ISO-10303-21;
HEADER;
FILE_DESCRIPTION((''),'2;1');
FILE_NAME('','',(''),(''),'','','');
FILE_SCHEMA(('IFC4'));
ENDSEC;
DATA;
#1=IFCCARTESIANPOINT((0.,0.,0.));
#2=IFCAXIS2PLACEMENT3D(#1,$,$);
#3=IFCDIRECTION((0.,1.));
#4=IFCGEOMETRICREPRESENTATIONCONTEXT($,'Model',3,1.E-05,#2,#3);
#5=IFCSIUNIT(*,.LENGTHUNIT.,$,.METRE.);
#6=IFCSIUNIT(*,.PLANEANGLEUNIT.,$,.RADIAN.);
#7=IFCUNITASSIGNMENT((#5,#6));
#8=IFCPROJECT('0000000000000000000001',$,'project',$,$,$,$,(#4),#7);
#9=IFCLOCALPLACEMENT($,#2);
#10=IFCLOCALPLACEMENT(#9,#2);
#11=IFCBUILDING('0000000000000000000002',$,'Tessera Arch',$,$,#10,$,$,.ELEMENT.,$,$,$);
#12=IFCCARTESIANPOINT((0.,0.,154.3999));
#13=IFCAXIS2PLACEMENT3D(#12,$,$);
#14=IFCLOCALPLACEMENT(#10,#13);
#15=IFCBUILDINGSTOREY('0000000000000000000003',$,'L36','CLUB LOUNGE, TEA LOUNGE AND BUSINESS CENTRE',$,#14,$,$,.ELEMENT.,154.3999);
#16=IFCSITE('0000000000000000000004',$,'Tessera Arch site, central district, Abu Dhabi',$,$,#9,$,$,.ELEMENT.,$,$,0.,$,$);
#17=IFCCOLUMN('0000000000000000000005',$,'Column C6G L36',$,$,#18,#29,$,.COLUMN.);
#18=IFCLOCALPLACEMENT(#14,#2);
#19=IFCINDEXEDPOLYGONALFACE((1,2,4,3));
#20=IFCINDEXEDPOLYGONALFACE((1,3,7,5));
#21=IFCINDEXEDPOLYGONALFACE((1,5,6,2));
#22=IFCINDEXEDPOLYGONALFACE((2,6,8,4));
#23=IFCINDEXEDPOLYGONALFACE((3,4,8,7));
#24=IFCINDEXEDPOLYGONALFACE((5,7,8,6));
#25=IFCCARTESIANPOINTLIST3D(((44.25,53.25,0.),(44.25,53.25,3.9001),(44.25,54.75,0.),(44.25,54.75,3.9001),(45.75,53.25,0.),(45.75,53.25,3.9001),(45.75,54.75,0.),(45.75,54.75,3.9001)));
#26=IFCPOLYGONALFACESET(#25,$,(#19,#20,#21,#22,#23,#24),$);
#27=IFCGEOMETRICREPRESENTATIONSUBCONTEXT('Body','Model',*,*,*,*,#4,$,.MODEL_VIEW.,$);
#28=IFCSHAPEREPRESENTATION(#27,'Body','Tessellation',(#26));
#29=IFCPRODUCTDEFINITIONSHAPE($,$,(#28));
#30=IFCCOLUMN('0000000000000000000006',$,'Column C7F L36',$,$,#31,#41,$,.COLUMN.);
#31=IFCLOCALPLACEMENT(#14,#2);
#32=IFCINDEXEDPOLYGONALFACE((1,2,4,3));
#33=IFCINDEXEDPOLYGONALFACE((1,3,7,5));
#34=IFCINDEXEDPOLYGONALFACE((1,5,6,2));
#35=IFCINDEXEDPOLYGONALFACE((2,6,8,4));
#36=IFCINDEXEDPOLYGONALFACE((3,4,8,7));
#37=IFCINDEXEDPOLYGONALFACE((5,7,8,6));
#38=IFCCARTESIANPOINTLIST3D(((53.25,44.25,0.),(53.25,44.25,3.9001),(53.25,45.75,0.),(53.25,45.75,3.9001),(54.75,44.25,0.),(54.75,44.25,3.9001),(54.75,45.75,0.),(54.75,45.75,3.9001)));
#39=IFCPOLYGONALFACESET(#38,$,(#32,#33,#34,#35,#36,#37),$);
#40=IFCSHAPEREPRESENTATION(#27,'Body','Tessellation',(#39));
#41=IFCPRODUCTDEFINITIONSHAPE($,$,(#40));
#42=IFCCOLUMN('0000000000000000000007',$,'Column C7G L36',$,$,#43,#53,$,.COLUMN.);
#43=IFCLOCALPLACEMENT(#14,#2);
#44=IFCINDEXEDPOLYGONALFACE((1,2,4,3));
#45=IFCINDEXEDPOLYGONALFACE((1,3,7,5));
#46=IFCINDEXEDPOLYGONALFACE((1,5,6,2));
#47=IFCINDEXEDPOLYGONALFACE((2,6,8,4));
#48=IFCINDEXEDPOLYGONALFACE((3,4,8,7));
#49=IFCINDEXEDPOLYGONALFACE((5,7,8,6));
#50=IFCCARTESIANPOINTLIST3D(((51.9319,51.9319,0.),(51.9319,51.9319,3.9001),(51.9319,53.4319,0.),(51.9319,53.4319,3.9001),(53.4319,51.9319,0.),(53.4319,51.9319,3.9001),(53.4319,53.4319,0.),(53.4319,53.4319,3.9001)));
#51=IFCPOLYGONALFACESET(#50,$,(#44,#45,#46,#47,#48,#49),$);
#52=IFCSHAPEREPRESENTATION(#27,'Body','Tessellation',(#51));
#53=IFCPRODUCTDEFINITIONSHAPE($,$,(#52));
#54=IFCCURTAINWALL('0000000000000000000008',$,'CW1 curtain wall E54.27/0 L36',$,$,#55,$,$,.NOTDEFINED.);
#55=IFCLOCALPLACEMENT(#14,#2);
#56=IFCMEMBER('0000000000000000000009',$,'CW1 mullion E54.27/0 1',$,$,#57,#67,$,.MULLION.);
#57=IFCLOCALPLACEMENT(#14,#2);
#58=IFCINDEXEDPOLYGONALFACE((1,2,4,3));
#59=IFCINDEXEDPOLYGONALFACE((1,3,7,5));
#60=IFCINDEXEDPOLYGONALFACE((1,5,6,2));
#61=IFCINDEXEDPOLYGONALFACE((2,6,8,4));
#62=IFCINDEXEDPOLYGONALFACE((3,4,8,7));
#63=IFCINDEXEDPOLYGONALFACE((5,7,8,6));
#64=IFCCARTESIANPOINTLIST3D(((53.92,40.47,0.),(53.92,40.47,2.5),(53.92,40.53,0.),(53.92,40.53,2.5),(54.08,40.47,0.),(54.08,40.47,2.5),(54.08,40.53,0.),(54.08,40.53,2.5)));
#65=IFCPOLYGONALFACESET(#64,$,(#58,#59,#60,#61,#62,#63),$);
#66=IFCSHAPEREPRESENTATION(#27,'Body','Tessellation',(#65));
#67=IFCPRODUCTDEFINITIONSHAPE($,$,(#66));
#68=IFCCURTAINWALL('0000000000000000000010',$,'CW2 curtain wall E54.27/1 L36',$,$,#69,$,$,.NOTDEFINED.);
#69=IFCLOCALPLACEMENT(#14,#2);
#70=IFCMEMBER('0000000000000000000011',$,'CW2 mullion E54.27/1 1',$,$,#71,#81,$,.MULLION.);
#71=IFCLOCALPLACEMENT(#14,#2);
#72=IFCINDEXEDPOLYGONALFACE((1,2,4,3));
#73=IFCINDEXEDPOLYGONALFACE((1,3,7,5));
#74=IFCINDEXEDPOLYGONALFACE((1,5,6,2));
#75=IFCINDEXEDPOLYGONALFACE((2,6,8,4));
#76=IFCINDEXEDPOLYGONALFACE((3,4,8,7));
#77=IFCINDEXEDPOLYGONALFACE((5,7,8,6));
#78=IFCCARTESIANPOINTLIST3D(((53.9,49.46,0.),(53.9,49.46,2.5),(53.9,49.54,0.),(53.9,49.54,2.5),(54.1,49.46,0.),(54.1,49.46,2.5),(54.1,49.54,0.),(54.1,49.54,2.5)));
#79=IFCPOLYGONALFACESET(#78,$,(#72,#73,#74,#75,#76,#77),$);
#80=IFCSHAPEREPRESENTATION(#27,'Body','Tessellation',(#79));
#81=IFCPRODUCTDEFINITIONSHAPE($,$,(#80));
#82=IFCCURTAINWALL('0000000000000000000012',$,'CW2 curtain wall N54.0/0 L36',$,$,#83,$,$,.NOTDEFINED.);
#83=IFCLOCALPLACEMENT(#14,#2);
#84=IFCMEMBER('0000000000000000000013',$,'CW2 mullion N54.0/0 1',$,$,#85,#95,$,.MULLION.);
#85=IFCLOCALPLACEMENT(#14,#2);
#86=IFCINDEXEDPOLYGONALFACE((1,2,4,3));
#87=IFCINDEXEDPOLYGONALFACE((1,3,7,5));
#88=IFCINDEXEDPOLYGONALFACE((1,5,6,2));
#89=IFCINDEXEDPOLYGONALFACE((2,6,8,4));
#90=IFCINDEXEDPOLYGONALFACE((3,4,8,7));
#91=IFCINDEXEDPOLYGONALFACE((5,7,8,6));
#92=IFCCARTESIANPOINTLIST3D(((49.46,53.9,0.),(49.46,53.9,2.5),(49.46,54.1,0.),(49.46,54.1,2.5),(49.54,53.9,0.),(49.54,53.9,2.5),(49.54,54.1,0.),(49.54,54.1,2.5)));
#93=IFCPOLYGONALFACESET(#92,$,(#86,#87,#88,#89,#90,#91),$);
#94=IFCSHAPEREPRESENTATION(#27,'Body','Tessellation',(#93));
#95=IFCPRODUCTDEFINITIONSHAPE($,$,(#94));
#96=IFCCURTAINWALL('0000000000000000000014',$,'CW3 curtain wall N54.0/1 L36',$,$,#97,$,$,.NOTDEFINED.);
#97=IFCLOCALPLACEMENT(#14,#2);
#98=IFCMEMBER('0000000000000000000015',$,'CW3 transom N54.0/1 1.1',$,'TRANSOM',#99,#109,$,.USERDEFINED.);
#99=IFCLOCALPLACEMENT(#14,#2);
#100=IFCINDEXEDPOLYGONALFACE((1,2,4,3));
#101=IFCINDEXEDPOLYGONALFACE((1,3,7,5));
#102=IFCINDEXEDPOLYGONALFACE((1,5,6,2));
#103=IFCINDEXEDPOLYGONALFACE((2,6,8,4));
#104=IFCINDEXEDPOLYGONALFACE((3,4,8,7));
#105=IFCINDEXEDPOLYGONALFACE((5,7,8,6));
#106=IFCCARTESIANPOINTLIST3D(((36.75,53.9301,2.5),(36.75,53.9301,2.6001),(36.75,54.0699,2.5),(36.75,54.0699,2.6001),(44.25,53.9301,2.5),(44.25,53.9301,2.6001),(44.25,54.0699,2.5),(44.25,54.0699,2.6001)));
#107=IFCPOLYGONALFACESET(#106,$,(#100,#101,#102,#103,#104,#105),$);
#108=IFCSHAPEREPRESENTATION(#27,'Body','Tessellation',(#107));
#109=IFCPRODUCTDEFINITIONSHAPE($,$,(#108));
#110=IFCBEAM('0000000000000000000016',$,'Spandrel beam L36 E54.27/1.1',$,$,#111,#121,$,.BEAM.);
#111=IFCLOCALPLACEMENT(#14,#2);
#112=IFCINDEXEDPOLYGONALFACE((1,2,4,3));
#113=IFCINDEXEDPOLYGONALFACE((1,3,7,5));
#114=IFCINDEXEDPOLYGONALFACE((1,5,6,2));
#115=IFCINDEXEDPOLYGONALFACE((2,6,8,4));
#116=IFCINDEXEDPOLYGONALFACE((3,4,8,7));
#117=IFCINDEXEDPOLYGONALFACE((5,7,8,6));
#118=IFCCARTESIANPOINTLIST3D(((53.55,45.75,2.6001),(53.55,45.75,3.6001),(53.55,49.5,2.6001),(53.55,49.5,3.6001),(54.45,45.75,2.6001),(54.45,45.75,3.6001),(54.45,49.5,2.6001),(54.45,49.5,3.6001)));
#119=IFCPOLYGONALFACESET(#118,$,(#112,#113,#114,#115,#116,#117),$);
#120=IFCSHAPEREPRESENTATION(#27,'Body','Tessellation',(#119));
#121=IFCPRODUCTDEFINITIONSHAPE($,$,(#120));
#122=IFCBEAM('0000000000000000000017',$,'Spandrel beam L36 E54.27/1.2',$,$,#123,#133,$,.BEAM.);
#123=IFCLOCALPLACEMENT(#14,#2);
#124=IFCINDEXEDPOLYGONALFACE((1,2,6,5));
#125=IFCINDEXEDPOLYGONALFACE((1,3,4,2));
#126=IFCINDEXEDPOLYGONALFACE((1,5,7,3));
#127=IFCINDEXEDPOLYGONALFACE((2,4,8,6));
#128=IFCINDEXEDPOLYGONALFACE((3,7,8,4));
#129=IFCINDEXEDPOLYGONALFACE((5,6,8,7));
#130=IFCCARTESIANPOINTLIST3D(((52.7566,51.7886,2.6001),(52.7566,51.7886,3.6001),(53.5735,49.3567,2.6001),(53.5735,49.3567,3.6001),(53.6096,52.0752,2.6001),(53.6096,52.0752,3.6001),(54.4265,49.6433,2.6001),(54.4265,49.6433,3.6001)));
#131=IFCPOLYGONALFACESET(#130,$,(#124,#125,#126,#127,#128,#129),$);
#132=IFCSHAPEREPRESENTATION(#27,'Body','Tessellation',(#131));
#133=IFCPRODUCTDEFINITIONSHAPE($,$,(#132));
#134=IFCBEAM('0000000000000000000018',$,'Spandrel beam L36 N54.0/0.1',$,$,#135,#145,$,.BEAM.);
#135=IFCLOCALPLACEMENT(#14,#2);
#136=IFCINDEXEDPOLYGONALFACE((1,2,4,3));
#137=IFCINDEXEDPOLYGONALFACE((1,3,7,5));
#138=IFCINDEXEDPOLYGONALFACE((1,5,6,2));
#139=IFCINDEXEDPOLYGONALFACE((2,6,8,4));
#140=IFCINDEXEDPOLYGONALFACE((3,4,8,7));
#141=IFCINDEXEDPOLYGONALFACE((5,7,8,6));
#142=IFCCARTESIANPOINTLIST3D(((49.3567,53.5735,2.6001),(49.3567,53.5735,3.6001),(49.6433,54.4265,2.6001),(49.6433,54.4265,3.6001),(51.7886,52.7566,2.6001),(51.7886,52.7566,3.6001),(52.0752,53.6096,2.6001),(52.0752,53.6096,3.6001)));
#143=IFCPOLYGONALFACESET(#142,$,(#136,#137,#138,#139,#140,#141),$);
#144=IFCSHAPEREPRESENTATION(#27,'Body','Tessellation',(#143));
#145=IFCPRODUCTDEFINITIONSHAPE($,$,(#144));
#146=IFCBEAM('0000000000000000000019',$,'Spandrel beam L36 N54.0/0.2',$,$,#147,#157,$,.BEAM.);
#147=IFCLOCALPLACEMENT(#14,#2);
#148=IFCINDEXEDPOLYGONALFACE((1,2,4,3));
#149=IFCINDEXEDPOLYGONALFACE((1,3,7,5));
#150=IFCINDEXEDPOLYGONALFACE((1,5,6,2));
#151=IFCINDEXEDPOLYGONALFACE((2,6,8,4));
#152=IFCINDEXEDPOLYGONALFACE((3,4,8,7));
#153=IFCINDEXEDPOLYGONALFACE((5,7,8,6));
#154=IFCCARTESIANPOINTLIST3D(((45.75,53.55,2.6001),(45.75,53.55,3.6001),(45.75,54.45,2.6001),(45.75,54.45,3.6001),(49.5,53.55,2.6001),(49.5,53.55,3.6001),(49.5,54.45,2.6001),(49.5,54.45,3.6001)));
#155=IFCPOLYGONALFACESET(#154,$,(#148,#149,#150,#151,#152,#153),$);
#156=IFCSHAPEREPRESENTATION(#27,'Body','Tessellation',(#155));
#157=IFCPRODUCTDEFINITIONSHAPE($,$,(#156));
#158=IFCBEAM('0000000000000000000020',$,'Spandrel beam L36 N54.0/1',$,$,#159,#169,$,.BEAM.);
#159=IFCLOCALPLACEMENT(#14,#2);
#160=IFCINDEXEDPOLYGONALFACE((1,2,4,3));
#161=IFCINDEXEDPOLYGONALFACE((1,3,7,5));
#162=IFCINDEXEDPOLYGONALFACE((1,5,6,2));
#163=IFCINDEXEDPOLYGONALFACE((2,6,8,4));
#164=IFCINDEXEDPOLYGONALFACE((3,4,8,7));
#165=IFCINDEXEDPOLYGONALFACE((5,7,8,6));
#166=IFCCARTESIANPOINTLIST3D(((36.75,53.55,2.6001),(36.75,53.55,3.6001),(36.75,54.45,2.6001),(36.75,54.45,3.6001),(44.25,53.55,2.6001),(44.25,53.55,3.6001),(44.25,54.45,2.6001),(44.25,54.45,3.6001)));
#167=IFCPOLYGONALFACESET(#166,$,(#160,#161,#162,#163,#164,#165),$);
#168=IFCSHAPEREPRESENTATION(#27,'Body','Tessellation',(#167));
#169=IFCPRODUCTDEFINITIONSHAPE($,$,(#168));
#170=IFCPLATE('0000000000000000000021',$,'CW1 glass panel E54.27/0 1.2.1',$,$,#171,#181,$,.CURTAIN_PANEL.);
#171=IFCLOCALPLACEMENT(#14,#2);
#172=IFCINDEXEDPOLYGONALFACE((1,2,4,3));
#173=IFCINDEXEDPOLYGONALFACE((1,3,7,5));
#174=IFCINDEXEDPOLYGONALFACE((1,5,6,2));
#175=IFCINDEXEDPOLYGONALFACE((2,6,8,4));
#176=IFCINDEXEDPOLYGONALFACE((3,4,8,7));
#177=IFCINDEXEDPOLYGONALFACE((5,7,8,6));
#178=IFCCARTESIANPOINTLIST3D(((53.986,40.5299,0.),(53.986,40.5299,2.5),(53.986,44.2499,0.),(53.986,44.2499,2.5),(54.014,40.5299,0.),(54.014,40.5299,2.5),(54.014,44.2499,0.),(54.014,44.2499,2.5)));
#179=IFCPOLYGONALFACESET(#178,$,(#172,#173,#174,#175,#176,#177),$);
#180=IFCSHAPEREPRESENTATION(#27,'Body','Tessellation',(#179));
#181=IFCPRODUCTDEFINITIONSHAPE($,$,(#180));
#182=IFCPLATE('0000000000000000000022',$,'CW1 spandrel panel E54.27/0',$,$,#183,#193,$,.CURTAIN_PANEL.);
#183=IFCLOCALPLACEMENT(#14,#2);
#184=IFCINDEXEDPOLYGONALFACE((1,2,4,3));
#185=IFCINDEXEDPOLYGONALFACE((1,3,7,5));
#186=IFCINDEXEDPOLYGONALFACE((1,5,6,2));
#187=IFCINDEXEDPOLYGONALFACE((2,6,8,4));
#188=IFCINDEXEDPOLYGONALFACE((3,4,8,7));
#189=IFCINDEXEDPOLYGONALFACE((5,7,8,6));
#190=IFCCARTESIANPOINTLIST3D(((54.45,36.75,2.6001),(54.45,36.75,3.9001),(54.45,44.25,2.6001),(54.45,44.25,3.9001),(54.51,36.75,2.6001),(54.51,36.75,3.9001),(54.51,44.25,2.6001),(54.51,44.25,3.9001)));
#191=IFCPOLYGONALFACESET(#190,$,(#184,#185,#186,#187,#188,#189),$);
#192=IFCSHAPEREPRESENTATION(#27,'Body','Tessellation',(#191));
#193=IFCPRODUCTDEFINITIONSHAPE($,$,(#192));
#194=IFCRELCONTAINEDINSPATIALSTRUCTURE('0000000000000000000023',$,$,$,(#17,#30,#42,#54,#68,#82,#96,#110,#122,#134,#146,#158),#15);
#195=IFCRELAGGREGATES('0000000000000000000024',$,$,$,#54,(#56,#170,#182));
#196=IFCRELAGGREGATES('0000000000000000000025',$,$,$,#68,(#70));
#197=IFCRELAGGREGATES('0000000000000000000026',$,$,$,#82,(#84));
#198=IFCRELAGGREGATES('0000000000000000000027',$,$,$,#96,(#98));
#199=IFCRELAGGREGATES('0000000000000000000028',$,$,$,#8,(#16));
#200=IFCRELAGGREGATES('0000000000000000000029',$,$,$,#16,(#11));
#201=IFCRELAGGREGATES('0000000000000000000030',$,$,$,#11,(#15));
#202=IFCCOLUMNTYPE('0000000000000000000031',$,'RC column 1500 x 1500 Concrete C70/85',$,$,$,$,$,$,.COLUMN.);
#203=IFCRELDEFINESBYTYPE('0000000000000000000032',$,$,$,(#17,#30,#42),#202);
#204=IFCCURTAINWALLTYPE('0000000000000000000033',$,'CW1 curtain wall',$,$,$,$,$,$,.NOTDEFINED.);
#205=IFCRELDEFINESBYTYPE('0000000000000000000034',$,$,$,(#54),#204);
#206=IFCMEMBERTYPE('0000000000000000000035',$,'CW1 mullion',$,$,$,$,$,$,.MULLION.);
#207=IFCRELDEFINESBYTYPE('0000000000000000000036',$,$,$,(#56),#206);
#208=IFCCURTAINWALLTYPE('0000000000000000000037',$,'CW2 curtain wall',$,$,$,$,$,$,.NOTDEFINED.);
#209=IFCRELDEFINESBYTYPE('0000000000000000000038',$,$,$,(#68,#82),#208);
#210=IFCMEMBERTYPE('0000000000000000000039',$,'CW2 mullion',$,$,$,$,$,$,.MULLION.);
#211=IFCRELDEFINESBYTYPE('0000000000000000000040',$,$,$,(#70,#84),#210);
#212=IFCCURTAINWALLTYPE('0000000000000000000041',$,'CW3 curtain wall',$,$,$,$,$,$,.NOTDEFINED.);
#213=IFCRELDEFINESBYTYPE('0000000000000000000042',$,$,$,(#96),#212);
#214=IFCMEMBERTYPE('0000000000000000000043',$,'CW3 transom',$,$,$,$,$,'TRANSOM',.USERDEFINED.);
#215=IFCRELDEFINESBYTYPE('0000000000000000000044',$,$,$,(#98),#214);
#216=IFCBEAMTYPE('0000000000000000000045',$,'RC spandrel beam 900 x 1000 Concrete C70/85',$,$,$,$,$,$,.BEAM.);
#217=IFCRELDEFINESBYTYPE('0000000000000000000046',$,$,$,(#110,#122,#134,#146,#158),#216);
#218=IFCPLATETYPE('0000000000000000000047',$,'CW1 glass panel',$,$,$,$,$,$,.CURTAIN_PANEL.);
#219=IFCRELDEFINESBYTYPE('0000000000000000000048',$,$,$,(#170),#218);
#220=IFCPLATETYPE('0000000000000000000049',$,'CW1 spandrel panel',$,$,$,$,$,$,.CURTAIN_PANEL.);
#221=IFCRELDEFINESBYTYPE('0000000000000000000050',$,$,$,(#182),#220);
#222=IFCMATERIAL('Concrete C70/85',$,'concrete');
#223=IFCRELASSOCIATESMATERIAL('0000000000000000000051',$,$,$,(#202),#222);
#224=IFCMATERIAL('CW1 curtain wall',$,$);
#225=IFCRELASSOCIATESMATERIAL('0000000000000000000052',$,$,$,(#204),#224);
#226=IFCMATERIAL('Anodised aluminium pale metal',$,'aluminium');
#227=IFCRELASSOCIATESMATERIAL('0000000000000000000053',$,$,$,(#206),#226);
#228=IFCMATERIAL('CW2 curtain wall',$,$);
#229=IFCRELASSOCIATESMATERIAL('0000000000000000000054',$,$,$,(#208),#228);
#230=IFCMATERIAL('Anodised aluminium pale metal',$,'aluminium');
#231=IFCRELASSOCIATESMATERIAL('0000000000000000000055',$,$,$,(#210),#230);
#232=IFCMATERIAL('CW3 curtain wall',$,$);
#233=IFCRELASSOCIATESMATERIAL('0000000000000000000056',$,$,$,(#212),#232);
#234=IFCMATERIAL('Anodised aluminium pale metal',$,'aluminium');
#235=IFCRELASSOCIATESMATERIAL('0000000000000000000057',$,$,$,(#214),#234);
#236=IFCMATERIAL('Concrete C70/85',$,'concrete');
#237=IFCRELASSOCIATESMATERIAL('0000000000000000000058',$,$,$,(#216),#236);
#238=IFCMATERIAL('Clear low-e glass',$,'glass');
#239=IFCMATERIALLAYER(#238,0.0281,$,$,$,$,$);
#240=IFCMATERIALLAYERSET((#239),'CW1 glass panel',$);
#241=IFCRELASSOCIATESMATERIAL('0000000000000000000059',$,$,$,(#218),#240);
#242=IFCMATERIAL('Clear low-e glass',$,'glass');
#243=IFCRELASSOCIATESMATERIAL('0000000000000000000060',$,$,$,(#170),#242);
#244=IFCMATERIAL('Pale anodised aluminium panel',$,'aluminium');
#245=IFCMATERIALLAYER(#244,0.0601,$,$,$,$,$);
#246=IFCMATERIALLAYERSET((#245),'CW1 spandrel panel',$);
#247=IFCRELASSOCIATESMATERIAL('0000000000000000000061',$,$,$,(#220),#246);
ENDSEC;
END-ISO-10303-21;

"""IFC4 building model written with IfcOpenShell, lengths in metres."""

from ifc_helpers import new_model, si_unit, direction, frame, origin, origin_2d, place, context, subcontext, project, spatial, rectangle, extrude, material, layer, layer_set, material_profile, profile_set, type_object, element, aggregate, save


model = new_model("IFC4")

# Units and contexts
model_context = context("Model", 3, precision=1e-05, world=origin(), true_north=direction((0.0, 1.0)))
body_context = subcontext(model_context, "Body", "Model", "MODEL_VIEW")
ifc_project = project(units=[si_unit("LENGTHUNIT", "METRE"), si_unit("PLANEANGLEUNIT", "RADIAN")], contexts=[model_context])

# Site, building, storey
site_placement = place(None, origin())
site = spatial("IfcSite", under=ifc_project, at=site_placement, Name="Tessera Arch site, central district, Abu Dhabi", CompositionType="ELEMENT", RefElevation=0.0)
building_placement = place(site_placement, origin())
building = spatial("IfcBuilding", under=site, at=building_placement, Name="Tessera Arch", CompositionType="ELEMENT")
storey_placement = place(building_placement, frame((0.0, 0.0, 154.3999)))
storey = spatial("IfcBuildingStorey", under=building, at=storey_placement, Name="L36", Description="CLUB LOUNGE, TEA LOUNGE AND BUSINESS CENTRE", CompositionType="ELEMENT", Elevation=154.3999)

# Columns
ifc_material_1 = material(Name="Concrete C70/85", Category="concrete")
ifc_material_profile_1 = material_profile(ifc_material_1, rectangle(XDim=1.5, YDim=1.5, at=origin_2d()), Name="RC column 1500 x 1500 Concrete C70/85")
ifc_profile_set_1 = profile_set([ifc_material_profile_1], Name="Concrete C70/85")
column_type = type_object("IfcColumnType", Name="RC column 1500 x 1500 Concrete C70/85", PredefinedType="COLUMN", material=ifc_profile_set_1)
for number, where, z_axis, x_axis, name in (
    (1, (45.0, 54.0, 0.0), (0.0, 0.0, 1.0), (1.0, 0.0, 0.0), "Column C6G L36"),
    (2, (54.0, 45.0, 0.0), (0.0, 0.0, 1.0), (1.0, 0.0, 0.0), "Column C7F L36"),
    (3, (52.6819, 52.6819, 0.0), (0.0, 0.0, 1.0), (1.0, 0.0, 0.0), "Column C7G L36"),
):
    element("IfcColumn", number, at=place(storey_placement, frame(where, z_axis=z_axis, x_axis=x_axis)), inside=storey, type_object=column_type, Name=name, PredefinedType="COLUMN", context=body_context, shape_type="SweptSolid", body=[
        extrude(rectangle(XDim=1.5, YDim=1.5, at=origin_2d()), origin(), (0.0, 0.0, 1.0), 3.9001),
    ])

# Curtain walls, members
ifc_material_2 = material(Name="CW1 curtain wall")
curtain_wall_type_1 = type_object("IfcCurtainWallType", Name="CW1 curtain wall", PredefinedType="NOTDEFINED", material=ifc_material_2)
curtain_wall_1_placement = place(storey_placement, origin())
curtain_wall_1 = element("IfcCurtainWall", 4, at=curtain_wall_1_placement, inside=storey, type_object=curtain_wall_type_1, Name="CW1 curtain wall E54.27/0 L36", PredefinedType="NOTDEFINED")
ifc_material_3 = material(Name="Anodised aluminium pale metal", Category="aluminium")
ifc_material_profile_2 = material_profile(ifc_material_3, rectangle(XDim=0.1599, YDim=0.0601, at=origin_2d()), Name="AL 60x160")
ifc_profile_set_2 = profile_set([ifc_material_profile_2], Name="Anodised aluminium pale metal")
member_type_1 = type_object("IfcMemberType", Name="CW1 mullion", PredefinedType="MULLION", material=ifc_profile_set_2)
member_1_placement = place(storey_placement, frame((54.0, 40.5, 0.0), z_axis=(0.0, 0.0, 1.0), x_axis=(-1.0, 0.0, 0.0)))
member_1 = element("IfcMember", 5, at=member_1_placement, type_object=member_type_1, Name="CW1 mullion E54.27/0 1", PredefinedType="MULLION", context=body_context, shape_type="SweptSolid", body=[
    extrude(rectangle(XDim=0.1599, YDim=0.0601, at=origin_2d()), origin(), (0.0, 0.0, 1.0), 2.5),
])
ifc_material_4 = material(Name="CW2 curtain wall")
curtain_wall_type_2 = type_object("IfcCurtainWallType", Name="CW2 curtain wall", PredefinedType="NOTDEFINED", material=ifc_material_4)
curtain_wall_2_placement = place(storey_placement, origin())
curtain_wall_2 = element("IfcCurtainWall", 6, at=curtain_wall_2_placement, inside=storey, type_object=curtain_wall_type_2, Name="CW2 curtain wall E54.27/1 L36", PredefinedType="NOTDEFINED")
ifc_material_5 = material(Name="Anodised aluminium pale metal", Category="aluminium")
ifc_material_profile_3 = material_profile(ifc_material_5, rectangle(XDim=0.2, YDim=0.0801, at=origin_2d()), Name="AL 80x200")
ifc_profile_set_3 = profile_set([ifc_material_profile_3], Name="Anodised aluminium pale metal")
member_type_2 = type_object("IfcMemberType", Name="CW2 mullion", PredefinedType="MULLION", material=ifc_profile_set_3)
member_2_placement = place(storey_placement, frame((54.0, 49.5, 0.0), z_axis=(0.0, 0.0, 1.0), x_axis=(-1.0, 0.0, 0.0)))
member_2 = element("IfcMember", 7, at=member_2_placement, type_object=member_type_2, Name="CW2 mullion E54.27/1 1", PredefinedType="MULLION", context=body_context, shape_type="SweptSolid", body=[
    extrude(rectangle(XDim=0.2, YDim=0.0801, at=origin_2d()), origin(), (0.0, 0.0, 1.0), 2.5),
])
curtain_wall_3_placement = place(storey_placement, origin())
curtain_wall_3 = element("IfcCurtainWall", 8, at=curtain_wall_3_placement, inside=storey, type_object=curtain_wall_type_2, Name="CW2 curtain wall N54.0/0 L36", PredefinedType="NOTDEFINED")
member_3_placement = place(storey_placement, frame((49.5, 54.0, 0.0), z_axis=(0.0, 0.0, 1.0), x_axis=(0.0, -1.0, 0.0)))
member_3 = element("IfcMember", 9, at=member_3_placement, type_object=member_type_2, Name="CW2 mullion N54.0/0 1", PredefinedType="MULLION", context=body_context, shape_type="SweptSolid", body=[
    extrude(rectangle(XDim=0.2, YDim=0.0801, at=origin_2d()), origin(), (0.0, 0.0, 1.0), 2.5),
])
ifc_material_6 = material(Name="CW3 curtain wall")
curtain_wall_type_3 = type_object("IfcCurtainWallType", Name="CW3 curtain wall", PredefinedType="NOTDEFINED", material=ifc_material_6)
curtain_wall_4_placement = place(storey_placement, origin())
curtain_wall_4 = element("IfcCurtainWall", 10, at=curtain_wall_4_placement, inside=storey, type_object=curtain_wall_type_3, Name="CW3 curtain wall N54.0/1 L36", PredefinedType="NOTDEFINED")
ifc_material_7 = material(Name="Anodised aluminium pale metal", Category="aluminium")
ifc_material_profile_4 = material_profile(ifc_material_7, rectangle(XDim=0.1399, YDim=0.1001, at=origin_2d()), Name="AL 140x100")
ifc_profile_set_4 = profile_set([ifc_material_profile_4], Name="Anodised aluminium pale metal")
member_type_3 = type_object("IfcMemberType", Name="CW3 transom", ElementType="TRANSOM", PredefinedType="USERDEFINED", material=ifc_profile_set_4)
member_4_placement = place(storey_placement, frame((44.25, 54.0, 2.55), z_axis=(-1.0, 0.0, 0.0), x_axis=(0.0, -1.0, 0.0)))
member_4 = element("IfcMember", 11, at=member_4_placement, type_object=member_type_3, Name="CW3 transom N54.0/1 1.1", ObjectType="TRANSOM", PredefinedType="USERDEFINED", context=body_context, shape_type="SweptSolid", body=[
    extrude(rectangle(XDim=0.1399, YDim=0.1001, at=origin_2d()), origin(), (0.0, 0.0, 1.0), 7.5),
])

# Beams
ifc_material_8 = material(Name="Concrete C70/85", Category="concrete")
ifc_material_profile_5 = material_profile(ifc_material_8, rectangle(XDim=0.8999, YDim=1.0, at=origin_2d()), Name="RC spandrel beam 900 x 1000 Concrete C70/85")
ifc_profile_set_5 = profile_set([ifc_material_profile_5], Name="Concrete C70/85")
beam_type = type_object("IfcBeamType", Name="RC spandrel beam 900 x 1000 Concrete C70/85", PredefinedType="BEAM", material=ifc_profile_set_5)
beam_1_placement = place(storey_placement, frame((54.0, 45.75, 3.1001), z_axis=(0.0, 1.0, 0.0), x_axis=(-1.0, 0.0, 0.0)))
element("IfcBeam", 12, at=beam_1_placement, inside=storey, type_object=beam_type, Name="Spandrel beam L36 E54.27/1.1", PredefinedType="BEAM", context=body_context, shape_type="SweptSolid", body=[
    extrude(rectangle(XDim=0.8999, YDim=1.0, at=origin_2d()), origin(), (0.0, 0.0, 1.0), 3.75),
])
for number, where, z_axis, x_axis, name in (
    (13, (54.0, 49.5, 3.1001), (-0.318425, 0.947948, 0.0), (-0.947948, -0.318425, 0.0), "Spandrel beam L36 E54.27/1.2"),
    (14, (51.9319, 53.1831, 3.1001), (-0.947948, 0.318425, 0.0), (-0.318425, -0.947948, 0.0), "Spandrel beam L36 N54.0/0.1"),
):
    element("IfcBeam", number, at=place(storey_placement, frame(where, z_axis=z_axis, x_axis=x_axis)), inside=storey, type_object=beam_type, Name=name, PredefinedType="BEAM", context=body_context, shape_type="SweptSolid", body=[
        extrude(rectangle(XDim=0.8999, YDim=1.0, at=origin_2d()), origin(), (0.0, 0.0, 1.0), 2.5654),
    ])
beam_2_placement = place(storey_placement, frame((49.5, 54.0, 3.1001), z_axis=(-1.0, 0.0, 0.0), x_axis=(0.0, -1.0, 0.0)))
element("IfcBeam", 15, at=beam_2_placement, inside=storey, type_object=beam_type, Name="Spandrel beam L36 N54.0/0.2", PredefinedType="BEAM", context=body_context, shape_type="SweptSolid", body=[
    extrude(rectangle(XDim=0.8999, YDim=1.0, at=origin_2d()), origin(), (0.0, 0.0, 1.0), 3.75),
])
beam_3_placement = place(storey_placement, frame((44.25, 54.0, 3.1001), z_axis=(-1.0, 0.0, 0.0), x_axis=(0.0, -1.0, 0.0)))
element("IfcBeam", 16, at=beam_3_placement, inside=storey, type_object=beam_type, Name="Spandrel beam L36 N54.0/1", PredefinedType="BEAM", context=body_context, shape_type="SweptSolid", body=[
    extrude(rectangle(XDim=0.8999, YDim=1.0, at=origin_2d()), origin(), (0.0, 0.0, 1.0), 7.5),
])

# Plates
ifc_material_9 = material(Name="Clear low-e glass", Category="glass")
ifc_material_10 = material(Name="Clear low-e glass", Category="glass")
ifc_layer_1 = layer(ifc_material_10, 0.0281)
ifc_layer_set_1 = layer_set([ifc_layer_1], Name="CW1 glass panel")
plate_type_1 = type_object("IfcPlateType", Name="CW1 glass panel", PredefinedType="CURTAIN_PANEL", material=ifc_layer_set_1)
plate_1_placement = place(storey_placement, frame((54.0, 42.3899, 0.0), z_axis=(0.0, 0.0, 1.0), x_axis=(0.0, 1.0, 0.0)))
plate_1 = element("IfcPlate", 17, at=plate_1_placement, type_object=plate_type_1, material=ifc_material_9, Name="CW1 glass panel E54.27/0 1.2.1", PredefinedType="CURTAIN_PANEL", context=body_context, shape_type="SweptSolid", body=[
    extrude(rectangle(XDim=3.72, YDim=0.0281, at=origin_2d()), origin(), (0.0, 0.0, 1.0), 2.5),
])
ifc_material_11 = material(Name="Pale anodised aluminium panel", Category="aluminium")
ifc_layer_2 = layer(ifc_material_11, 0.0601)
ifc_layer_set_2 = layer_set([ifc_layer_2], Name="CW1 spandrel panel")
plate_type_2 = type_object("IfcPlateType", Name="CW1 spandrel panel", PredefinedType="CURTAIN_PANEL", material=ifc_layer_set_2)
plate_2_placement = place(storey_placement, frame((54.48, 40.5, 2.6001), z_axis=(0.0, 0.0, 1.0), x_axis=(0.0, 1.0, 0.0)))
plate_2 = element("IfcPlate", 18, at=plate_2_placement, type_object=plate_type_2, Name="CW1 spandrel panel E54.27/0", PredefinedType="CURTAIN_PANEL", context=body_context, shape_type="SweptSolid", body=[
    extrude(rectangle(XDim=7.5, YDim=0.0601, at=origin_2d()), origin(), (0.0, 0.0, 1.0), 1.3),
])
aggregate(curtain_wall_1, [member_1, plate_1, plate_2])
aggregate(curtain_wall_2, [member_2])
aggregate(curtain_wall_3, [member_3])
aggregate(curtain_wall_4, [member_4])

save(model, "model.ifc")
